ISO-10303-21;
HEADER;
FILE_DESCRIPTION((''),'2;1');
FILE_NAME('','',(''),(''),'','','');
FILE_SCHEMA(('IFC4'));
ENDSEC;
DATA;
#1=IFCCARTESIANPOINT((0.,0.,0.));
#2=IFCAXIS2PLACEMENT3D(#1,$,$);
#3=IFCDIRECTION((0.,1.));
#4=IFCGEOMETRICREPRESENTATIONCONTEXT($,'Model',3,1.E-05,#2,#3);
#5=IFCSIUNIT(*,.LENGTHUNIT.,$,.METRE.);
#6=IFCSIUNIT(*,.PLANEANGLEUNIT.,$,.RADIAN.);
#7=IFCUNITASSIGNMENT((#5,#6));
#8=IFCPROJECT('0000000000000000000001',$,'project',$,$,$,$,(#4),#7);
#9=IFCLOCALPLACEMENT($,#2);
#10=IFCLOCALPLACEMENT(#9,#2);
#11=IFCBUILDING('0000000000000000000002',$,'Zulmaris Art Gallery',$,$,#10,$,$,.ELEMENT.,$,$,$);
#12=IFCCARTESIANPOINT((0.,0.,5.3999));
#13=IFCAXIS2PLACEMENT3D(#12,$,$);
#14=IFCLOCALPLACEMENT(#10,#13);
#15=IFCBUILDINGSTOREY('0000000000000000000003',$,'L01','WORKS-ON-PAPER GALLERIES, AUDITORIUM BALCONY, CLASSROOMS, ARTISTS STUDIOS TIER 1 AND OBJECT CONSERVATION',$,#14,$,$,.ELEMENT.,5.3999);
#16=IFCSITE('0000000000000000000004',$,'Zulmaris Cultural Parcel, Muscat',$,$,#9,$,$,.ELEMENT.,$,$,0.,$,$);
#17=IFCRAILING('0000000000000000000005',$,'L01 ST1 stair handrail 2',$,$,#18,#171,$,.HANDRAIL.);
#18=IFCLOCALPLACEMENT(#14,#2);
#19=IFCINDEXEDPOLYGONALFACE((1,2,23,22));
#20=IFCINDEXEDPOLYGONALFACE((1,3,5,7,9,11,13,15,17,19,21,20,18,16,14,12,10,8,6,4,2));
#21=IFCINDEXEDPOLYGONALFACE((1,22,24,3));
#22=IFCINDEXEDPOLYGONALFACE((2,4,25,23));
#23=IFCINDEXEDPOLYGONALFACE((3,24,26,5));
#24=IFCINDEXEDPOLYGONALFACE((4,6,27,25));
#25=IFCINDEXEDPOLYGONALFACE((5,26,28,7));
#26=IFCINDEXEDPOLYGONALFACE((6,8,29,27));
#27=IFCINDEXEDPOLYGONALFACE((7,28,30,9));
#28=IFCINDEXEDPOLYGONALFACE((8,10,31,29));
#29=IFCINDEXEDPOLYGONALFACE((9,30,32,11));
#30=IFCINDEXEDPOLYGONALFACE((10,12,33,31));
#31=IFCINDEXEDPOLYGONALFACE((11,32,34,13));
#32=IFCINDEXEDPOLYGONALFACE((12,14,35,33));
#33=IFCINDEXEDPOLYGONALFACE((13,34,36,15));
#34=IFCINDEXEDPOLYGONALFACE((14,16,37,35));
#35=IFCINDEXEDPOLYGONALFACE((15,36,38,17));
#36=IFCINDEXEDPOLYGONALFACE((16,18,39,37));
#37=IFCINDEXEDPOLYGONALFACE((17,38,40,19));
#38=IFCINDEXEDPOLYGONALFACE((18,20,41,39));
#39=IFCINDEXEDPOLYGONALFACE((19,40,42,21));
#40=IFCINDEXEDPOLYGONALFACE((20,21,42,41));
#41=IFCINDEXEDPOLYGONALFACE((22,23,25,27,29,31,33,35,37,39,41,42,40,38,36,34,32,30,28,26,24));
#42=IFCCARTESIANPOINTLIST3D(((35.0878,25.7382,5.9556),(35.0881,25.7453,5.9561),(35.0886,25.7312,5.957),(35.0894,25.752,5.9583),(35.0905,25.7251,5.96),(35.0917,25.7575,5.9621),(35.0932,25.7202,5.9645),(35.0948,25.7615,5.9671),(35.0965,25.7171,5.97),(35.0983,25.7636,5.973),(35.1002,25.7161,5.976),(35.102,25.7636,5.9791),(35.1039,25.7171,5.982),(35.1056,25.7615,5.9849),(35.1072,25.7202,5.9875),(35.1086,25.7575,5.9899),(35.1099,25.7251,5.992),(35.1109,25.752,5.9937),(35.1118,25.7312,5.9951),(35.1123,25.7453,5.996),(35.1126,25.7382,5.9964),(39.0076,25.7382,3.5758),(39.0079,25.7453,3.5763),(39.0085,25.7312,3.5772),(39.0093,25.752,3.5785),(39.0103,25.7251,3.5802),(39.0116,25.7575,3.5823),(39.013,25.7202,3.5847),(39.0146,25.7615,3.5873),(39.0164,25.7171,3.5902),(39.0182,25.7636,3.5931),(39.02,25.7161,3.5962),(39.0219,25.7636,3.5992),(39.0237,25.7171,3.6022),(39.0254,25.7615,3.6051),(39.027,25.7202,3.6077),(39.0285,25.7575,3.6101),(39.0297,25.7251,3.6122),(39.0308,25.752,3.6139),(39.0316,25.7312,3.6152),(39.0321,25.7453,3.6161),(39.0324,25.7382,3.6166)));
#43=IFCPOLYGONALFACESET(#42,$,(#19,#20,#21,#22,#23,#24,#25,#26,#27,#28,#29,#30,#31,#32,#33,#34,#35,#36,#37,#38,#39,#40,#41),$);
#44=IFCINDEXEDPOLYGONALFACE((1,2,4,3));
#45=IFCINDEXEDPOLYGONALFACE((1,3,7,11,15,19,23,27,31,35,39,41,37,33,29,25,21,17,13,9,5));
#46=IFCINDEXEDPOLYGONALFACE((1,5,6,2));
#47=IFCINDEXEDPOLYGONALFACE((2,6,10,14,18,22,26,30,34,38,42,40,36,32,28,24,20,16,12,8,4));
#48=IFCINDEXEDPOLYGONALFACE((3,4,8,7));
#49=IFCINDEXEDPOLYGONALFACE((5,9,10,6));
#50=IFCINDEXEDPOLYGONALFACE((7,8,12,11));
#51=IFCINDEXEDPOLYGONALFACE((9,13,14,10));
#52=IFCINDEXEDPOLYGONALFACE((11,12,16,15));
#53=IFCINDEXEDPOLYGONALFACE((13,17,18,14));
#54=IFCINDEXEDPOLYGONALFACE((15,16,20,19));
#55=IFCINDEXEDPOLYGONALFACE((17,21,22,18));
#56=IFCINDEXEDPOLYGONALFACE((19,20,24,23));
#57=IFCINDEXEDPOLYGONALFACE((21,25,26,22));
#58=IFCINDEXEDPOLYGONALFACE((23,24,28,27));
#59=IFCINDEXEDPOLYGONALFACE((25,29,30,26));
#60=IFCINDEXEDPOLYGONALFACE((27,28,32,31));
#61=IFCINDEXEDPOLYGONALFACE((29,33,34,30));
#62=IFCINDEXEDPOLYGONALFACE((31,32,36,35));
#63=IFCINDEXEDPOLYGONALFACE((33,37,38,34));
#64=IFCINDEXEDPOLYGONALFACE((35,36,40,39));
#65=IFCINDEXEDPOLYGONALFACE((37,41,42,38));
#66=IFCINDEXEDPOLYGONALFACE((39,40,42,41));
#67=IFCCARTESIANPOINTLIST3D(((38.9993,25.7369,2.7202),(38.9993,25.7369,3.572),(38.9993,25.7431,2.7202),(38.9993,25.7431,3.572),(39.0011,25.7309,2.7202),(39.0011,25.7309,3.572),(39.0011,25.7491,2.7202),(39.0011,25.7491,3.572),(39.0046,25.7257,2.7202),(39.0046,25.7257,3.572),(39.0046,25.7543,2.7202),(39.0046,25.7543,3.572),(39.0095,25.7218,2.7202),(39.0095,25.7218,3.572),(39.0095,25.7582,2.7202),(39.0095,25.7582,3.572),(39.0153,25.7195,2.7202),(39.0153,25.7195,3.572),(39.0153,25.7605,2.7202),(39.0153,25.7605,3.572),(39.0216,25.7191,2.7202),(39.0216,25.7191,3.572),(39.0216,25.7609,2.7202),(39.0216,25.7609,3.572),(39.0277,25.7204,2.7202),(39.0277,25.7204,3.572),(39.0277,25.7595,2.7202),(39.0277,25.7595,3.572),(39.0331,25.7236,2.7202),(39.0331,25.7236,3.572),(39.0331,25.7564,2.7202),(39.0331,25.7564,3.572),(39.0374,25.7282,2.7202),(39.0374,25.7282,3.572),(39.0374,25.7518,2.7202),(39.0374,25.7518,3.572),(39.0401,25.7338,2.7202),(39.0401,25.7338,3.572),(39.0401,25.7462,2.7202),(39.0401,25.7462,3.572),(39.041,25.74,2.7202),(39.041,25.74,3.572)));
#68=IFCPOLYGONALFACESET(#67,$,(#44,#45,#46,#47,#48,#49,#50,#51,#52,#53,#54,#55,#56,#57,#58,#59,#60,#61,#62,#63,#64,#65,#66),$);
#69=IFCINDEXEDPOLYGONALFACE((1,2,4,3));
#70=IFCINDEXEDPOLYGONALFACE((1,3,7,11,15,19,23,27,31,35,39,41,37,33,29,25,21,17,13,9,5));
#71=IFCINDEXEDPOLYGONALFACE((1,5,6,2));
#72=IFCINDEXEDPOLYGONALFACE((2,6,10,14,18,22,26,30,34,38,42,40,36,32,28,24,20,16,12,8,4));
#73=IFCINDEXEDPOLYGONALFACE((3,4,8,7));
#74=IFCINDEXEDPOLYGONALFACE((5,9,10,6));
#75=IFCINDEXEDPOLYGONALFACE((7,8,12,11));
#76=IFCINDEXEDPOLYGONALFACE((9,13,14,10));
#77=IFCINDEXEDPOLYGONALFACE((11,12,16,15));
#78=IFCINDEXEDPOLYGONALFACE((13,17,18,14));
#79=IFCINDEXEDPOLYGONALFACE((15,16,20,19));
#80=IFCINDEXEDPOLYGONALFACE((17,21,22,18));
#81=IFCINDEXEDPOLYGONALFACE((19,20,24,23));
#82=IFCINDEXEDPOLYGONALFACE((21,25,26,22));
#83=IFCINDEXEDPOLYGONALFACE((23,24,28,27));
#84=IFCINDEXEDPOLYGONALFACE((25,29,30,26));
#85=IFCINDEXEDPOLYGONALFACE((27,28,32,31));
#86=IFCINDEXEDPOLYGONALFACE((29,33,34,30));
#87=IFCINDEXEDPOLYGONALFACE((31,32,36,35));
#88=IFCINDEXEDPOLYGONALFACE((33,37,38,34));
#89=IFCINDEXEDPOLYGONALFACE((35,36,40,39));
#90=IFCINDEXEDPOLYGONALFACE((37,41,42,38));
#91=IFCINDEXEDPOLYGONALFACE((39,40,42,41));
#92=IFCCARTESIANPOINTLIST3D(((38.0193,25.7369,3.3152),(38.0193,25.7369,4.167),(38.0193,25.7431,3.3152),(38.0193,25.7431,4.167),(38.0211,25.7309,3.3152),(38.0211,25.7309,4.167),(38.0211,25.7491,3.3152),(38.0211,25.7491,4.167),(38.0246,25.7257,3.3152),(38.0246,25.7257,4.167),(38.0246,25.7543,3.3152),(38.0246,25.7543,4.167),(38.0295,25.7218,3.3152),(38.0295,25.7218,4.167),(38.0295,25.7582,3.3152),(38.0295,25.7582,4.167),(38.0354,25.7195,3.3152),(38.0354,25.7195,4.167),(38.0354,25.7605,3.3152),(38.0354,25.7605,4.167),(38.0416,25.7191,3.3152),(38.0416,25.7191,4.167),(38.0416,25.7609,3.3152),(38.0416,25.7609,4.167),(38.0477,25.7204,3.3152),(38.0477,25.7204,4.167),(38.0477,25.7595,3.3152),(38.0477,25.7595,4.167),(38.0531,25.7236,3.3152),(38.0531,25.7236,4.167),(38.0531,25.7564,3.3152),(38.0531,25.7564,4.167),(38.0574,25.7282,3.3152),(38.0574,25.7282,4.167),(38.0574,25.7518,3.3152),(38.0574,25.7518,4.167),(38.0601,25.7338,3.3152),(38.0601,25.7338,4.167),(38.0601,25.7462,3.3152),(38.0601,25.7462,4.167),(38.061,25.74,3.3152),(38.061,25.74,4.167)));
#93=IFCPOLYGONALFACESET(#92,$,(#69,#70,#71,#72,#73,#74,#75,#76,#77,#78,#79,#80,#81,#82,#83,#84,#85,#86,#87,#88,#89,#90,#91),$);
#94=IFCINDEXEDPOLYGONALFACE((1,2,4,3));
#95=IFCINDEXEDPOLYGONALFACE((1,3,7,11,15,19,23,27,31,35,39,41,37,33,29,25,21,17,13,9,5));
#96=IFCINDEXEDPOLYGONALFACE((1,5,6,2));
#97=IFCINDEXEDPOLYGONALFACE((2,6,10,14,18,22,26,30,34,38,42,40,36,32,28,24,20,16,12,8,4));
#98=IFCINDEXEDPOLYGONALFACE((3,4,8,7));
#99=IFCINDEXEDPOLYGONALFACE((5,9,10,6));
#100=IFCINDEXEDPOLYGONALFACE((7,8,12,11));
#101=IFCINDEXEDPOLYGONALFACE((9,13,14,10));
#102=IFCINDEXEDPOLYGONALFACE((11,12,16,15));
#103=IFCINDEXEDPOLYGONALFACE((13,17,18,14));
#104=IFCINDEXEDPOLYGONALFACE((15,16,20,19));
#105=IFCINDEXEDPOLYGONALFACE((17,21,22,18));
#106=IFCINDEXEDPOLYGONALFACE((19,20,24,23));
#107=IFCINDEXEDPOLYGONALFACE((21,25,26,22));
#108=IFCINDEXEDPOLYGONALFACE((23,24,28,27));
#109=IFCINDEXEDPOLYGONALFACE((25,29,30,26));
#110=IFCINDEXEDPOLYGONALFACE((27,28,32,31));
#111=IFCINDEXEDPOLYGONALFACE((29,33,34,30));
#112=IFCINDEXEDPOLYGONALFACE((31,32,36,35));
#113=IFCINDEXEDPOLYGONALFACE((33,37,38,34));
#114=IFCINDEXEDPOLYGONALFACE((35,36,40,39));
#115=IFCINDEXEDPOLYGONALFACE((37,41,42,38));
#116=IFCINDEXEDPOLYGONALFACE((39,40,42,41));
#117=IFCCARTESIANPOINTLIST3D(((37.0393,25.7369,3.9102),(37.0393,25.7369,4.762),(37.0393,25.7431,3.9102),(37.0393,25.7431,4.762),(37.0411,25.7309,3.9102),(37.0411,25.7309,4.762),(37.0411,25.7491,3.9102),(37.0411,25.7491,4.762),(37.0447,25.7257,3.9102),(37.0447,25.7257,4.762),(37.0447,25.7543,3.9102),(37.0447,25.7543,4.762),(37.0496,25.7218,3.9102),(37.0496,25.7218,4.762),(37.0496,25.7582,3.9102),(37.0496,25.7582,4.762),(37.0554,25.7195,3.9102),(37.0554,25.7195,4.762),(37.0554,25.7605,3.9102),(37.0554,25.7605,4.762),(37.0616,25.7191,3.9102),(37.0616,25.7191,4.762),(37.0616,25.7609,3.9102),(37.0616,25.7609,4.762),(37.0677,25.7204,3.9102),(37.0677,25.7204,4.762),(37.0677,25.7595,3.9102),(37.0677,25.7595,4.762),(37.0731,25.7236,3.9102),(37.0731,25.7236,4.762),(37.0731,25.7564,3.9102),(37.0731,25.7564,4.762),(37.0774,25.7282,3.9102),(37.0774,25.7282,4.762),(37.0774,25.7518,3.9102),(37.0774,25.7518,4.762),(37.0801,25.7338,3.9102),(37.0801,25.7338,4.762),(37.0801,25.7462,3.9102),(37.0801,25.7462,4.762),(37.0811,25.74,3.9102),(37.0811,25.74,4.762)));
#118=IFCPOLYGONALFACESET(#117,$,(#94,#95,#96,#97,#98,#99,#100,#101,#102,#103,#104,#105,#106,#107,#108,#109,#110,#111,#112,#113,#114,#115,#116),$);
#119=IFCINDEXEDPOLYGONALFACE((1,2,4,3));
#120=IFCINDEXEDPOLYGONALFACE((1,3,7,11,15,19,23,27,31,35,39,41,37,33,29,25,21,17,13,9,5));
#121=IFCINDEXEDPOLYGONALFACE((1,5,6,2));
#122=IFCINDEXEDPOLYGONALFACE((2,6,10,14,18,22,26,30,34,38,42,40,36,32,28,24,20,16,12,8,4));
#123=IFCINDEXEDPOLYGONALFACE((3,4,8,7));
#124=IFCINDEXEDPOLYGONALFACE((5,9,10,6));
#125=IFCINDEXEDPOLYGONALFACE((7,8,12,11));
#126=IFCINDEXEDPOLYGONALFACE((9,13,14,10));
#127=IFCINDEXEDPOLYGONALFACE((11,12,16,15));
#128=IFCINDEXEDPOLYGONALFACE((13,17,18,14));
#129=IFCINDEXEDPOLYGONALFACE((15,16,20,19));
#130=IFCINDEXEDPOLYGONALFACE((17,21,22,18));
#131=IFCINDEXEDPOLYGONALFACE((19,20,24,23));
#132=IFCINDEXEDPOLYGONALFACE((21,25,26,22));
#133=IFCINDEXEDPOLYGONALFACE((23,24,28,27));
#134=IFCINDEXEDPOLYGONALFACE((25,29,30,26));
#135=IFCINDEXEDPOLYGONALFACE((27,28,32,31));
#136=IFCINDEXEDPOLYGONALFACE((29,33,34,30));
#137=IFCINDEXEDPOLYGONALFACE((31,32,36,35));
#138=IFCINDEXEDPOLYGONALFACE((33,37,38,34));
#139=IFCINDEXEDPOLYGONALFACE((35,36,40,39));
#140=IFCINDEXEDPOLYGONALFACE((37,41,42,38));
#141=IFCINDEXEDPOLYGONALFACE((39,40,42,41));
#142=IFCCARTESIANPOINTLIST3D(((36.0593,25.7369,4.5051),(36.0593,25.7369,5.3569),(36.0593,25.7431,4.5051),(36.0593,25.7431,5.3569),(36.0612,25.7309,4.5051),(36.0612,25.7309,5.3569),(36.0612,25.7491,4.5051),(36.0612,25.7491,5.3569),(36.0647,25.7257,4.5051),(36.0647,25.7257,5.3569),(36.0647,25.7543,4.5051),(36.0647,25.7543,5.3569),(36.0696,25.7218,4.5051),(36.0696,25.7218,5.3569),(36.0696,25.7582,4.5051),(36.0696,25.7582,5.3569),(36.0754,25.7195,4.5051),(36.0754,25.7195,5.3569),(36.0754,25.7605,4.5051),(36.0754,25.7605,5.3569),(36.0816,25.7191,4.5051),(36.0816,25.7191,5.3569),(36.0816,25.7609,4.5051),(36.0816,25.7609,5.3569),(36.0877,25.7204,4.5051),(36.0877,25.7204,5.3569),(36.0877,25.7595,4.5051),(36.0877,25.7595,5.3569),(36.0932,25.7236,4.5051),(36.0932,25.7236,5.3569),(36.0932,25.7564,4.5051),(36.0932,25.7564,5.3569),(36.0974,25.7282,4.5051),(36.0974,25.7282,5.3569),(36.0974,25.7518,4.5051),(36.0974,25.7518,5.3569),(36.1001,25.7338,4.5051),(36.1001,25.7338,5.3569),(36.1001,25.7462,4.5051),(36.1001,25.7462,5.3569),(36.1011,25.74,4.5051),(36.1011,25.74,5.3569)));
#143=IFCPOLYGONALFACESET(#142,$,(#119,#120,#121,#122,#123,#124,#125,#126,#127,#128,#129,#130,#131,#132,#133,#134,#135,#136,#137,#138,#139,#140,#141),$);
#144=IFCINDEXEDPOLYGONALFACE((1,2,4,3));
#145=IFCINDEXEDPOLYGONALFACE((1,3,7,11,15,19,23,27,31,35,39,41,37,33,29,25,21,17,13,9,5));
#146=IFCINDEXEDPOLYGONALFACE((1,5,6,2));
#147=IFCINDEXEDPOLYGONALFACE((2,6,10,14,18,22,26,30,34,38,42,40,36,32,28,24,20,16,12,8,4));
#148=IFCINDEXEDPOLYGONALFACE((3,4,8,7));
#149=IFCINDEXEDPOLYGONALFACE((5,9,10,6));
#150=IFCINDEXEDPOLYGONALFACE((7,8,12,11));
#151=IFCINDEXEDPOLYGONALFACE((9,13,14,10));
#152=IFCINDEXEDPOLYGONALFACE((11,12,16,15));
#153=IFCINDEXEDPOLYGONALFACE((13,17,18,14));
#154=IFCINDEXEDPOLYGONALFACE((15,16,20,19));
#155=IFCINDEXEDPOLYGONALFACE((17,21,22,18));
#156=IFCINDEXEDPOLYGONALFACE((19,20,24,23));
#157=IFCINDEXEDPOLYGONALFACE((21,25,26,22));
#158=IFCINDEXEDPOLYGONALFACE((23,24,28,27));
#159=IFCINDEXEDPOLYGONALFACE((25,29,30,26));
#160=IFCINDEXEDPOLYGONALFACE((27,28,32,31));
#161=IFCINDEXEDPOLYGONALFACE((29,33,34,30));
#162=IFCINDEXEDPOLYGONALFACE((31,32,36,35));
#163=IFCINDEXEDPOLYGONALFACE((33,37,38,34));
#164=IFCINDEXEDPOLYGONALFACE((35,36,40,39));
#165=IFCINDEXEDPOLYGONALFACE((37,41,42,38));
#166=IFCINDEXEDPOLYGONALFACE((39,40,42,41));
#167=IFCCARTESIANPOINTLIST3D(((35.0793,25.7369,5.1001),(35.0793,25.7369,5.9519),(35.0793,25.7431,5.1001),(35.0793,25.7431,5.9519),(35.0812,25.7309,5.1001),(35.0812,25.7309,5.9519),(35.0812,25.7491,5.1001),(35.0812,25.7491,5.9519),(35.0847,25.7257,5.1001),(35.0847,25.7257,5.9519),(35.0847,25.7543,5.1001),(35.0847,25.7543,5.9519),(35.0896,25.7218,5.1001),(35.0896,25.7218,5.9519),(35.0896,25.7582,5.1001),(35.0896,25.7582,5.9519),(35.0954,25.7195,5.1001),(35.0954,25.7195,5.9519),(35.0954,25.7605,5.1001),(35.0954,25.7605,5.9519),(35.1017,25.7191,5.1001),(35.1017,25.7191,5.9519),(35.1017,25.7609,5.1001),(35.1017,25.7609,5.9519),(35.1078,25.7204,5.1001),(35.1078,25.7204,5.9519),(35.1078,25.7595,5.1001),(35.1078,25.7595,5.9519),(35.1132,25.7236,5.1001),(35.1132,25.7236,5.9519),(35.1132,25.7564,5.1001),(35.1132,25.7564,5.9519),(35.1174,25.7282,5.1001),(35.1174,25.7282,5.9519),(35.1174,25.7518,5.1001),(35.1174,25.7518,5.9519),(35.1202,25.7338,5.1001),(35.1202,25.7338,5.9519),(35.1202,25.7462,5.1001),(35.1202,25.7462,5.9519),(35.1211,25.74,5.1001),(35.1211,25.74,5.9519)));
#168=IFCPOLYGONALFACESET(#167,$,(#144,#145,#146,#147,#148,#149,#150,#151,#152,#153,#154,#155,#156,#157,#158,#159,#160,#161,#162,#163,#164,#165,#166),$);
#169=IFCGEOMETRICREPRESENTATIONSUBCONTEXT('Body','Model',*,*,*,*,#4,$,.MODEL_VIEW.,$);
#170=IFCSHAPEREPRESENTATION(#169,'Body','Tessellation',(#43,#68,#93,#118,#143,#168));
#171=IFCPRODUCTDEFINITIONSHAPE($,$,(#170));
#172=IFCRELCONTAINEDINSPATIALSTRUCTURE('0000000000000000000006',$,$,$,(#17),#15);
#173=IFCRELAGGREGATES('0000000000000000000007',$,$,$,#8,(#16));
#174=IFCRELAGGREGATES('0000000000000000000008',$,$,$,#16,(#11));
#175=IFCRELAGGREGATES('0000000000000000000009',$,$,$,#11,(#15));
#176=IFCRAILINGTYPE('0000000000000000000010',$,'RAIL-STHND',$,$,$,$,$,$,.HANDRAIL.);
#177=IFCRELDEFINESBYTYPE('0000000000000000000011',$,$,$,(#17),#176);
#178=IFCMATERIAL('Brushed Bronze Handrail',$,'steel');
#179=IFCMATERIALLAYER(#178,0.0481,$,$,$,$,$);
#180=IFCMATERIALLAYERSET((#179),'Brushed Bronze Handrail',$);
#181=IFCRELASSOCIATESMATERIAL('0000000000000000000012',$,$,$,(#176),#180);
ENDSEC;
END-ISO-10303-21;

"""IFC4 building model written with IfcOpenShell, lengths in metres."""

from ifc_helpers import new_model, si_unit, direction, frame, origin, origin_2d, place, context, subcontext, project, spatial, circle, extrude, material, layer, layer_set, type_object, element, save


model = new_model("IFC4")

# Units and contexts
model_context = context("Model", 3, precision=1e-05, world=origin(), true_north=direction((0.0, 1.0)))
body_context = subcontext(model_context, "Body", "Model", "MODEL_VIEW")
ifc_project = project(units=[si_unit("LENGTHUNIT", "METRE"), si_unit("PLANEANGLEUNIT", "RADIAN")], contexts=[model_context])

# Site, building, storey
site_placement = place(None, origin())
site = spatial("IfcSite", under=ifc_project, at=site_placement, Name="Zulmaris Cultural Parcel, Muscat", CompositionType="ELEMENT", RefElevation=0.0)
building_placement = place(site_placement, origin())
building = spatial("IfcBuilding", under=site, at=building_placement, Name="Zulmaris Art Gallery", CompositionType="ELEMENT")
storey_placement = place(building_placement, frame((0.0, 0.0, 5.3999)))
storey = spatial("IfcBuildingStorey", under=building, at=storey_placement, Name="L01", Description="WORKS-ON-PAPER GALLERIES, AUDITORIUM BALCONY, CLASSROOMS, ARTISTS STUDIOS TIER 1 AND OBJECT CONSERVATION", CompositionType="ELEMENT", Elevation=5.3999)

# Railing
ifc_material_1 = material(Name="Brushed Bronze Handrail", Category="steel")
ifc_layer_1 = layer(ifc_material_1, 0.0481)
ifc_layer_set_1 = layer_set([ifc_layer_1], Name="Brushed Bronze Handrail")
railing_type_1 = type_object("IfcRailingType", Name="RAIL-STHND", PredefinedType="HANDRAIL", material=ifc_layer_set_1)
for number, where, name in (
    (1, (39.02, 25.74, 2.7202), "L01 ST1 stair handrail 2"),
):
    element("IfcRailing", number, at=place(storey_placement, frame(where)), inside=storey, type_object=railing_type_1, Name=name, PredefinedType="HANDRAIL", context=body_context, shape_type="SweptSolid", body=[
        extrude(circle(Radius=0.0239, at=origin_2d()), frame((0.0, 0.0, 0.876), z_axis=(-0.854794, 0.0, 0.518967), x_axis=(0.0, -1.0, 0.0)), (0.0, 0.0, 1.0), 4.5857),
        extrude(circle(Radius=0.021, at=origin_2d()), origin(), (0.0, 0.0, 1.0), 0.8518),
        extrude(circle(Radius=0.021, at=origin_2d()), frame((-0.98, 0.0, 0.595)), (0.0, 0.0, 1.0), 0.8518),
        extrude(circle(Radius=0.021, at=origin_2d()), frame((-1.96, 0.0, 1.1899)), (0.0, 0.0, 1.0), 0.8518),
        extrude(circle(Radius=0.021, at=origin_2d()), frame((-2.9399, 0.0, 1.7849)), (0.0, 0.0, 1.0), 0.8518),
        extrude(circle(Radius=0.021, at=origin_2d()), frame((-3.9199, 0.0, 2.3799)), (0.0, 0.0, 1.0), 0.8518),
    ])

save(model, "model.ifc")
